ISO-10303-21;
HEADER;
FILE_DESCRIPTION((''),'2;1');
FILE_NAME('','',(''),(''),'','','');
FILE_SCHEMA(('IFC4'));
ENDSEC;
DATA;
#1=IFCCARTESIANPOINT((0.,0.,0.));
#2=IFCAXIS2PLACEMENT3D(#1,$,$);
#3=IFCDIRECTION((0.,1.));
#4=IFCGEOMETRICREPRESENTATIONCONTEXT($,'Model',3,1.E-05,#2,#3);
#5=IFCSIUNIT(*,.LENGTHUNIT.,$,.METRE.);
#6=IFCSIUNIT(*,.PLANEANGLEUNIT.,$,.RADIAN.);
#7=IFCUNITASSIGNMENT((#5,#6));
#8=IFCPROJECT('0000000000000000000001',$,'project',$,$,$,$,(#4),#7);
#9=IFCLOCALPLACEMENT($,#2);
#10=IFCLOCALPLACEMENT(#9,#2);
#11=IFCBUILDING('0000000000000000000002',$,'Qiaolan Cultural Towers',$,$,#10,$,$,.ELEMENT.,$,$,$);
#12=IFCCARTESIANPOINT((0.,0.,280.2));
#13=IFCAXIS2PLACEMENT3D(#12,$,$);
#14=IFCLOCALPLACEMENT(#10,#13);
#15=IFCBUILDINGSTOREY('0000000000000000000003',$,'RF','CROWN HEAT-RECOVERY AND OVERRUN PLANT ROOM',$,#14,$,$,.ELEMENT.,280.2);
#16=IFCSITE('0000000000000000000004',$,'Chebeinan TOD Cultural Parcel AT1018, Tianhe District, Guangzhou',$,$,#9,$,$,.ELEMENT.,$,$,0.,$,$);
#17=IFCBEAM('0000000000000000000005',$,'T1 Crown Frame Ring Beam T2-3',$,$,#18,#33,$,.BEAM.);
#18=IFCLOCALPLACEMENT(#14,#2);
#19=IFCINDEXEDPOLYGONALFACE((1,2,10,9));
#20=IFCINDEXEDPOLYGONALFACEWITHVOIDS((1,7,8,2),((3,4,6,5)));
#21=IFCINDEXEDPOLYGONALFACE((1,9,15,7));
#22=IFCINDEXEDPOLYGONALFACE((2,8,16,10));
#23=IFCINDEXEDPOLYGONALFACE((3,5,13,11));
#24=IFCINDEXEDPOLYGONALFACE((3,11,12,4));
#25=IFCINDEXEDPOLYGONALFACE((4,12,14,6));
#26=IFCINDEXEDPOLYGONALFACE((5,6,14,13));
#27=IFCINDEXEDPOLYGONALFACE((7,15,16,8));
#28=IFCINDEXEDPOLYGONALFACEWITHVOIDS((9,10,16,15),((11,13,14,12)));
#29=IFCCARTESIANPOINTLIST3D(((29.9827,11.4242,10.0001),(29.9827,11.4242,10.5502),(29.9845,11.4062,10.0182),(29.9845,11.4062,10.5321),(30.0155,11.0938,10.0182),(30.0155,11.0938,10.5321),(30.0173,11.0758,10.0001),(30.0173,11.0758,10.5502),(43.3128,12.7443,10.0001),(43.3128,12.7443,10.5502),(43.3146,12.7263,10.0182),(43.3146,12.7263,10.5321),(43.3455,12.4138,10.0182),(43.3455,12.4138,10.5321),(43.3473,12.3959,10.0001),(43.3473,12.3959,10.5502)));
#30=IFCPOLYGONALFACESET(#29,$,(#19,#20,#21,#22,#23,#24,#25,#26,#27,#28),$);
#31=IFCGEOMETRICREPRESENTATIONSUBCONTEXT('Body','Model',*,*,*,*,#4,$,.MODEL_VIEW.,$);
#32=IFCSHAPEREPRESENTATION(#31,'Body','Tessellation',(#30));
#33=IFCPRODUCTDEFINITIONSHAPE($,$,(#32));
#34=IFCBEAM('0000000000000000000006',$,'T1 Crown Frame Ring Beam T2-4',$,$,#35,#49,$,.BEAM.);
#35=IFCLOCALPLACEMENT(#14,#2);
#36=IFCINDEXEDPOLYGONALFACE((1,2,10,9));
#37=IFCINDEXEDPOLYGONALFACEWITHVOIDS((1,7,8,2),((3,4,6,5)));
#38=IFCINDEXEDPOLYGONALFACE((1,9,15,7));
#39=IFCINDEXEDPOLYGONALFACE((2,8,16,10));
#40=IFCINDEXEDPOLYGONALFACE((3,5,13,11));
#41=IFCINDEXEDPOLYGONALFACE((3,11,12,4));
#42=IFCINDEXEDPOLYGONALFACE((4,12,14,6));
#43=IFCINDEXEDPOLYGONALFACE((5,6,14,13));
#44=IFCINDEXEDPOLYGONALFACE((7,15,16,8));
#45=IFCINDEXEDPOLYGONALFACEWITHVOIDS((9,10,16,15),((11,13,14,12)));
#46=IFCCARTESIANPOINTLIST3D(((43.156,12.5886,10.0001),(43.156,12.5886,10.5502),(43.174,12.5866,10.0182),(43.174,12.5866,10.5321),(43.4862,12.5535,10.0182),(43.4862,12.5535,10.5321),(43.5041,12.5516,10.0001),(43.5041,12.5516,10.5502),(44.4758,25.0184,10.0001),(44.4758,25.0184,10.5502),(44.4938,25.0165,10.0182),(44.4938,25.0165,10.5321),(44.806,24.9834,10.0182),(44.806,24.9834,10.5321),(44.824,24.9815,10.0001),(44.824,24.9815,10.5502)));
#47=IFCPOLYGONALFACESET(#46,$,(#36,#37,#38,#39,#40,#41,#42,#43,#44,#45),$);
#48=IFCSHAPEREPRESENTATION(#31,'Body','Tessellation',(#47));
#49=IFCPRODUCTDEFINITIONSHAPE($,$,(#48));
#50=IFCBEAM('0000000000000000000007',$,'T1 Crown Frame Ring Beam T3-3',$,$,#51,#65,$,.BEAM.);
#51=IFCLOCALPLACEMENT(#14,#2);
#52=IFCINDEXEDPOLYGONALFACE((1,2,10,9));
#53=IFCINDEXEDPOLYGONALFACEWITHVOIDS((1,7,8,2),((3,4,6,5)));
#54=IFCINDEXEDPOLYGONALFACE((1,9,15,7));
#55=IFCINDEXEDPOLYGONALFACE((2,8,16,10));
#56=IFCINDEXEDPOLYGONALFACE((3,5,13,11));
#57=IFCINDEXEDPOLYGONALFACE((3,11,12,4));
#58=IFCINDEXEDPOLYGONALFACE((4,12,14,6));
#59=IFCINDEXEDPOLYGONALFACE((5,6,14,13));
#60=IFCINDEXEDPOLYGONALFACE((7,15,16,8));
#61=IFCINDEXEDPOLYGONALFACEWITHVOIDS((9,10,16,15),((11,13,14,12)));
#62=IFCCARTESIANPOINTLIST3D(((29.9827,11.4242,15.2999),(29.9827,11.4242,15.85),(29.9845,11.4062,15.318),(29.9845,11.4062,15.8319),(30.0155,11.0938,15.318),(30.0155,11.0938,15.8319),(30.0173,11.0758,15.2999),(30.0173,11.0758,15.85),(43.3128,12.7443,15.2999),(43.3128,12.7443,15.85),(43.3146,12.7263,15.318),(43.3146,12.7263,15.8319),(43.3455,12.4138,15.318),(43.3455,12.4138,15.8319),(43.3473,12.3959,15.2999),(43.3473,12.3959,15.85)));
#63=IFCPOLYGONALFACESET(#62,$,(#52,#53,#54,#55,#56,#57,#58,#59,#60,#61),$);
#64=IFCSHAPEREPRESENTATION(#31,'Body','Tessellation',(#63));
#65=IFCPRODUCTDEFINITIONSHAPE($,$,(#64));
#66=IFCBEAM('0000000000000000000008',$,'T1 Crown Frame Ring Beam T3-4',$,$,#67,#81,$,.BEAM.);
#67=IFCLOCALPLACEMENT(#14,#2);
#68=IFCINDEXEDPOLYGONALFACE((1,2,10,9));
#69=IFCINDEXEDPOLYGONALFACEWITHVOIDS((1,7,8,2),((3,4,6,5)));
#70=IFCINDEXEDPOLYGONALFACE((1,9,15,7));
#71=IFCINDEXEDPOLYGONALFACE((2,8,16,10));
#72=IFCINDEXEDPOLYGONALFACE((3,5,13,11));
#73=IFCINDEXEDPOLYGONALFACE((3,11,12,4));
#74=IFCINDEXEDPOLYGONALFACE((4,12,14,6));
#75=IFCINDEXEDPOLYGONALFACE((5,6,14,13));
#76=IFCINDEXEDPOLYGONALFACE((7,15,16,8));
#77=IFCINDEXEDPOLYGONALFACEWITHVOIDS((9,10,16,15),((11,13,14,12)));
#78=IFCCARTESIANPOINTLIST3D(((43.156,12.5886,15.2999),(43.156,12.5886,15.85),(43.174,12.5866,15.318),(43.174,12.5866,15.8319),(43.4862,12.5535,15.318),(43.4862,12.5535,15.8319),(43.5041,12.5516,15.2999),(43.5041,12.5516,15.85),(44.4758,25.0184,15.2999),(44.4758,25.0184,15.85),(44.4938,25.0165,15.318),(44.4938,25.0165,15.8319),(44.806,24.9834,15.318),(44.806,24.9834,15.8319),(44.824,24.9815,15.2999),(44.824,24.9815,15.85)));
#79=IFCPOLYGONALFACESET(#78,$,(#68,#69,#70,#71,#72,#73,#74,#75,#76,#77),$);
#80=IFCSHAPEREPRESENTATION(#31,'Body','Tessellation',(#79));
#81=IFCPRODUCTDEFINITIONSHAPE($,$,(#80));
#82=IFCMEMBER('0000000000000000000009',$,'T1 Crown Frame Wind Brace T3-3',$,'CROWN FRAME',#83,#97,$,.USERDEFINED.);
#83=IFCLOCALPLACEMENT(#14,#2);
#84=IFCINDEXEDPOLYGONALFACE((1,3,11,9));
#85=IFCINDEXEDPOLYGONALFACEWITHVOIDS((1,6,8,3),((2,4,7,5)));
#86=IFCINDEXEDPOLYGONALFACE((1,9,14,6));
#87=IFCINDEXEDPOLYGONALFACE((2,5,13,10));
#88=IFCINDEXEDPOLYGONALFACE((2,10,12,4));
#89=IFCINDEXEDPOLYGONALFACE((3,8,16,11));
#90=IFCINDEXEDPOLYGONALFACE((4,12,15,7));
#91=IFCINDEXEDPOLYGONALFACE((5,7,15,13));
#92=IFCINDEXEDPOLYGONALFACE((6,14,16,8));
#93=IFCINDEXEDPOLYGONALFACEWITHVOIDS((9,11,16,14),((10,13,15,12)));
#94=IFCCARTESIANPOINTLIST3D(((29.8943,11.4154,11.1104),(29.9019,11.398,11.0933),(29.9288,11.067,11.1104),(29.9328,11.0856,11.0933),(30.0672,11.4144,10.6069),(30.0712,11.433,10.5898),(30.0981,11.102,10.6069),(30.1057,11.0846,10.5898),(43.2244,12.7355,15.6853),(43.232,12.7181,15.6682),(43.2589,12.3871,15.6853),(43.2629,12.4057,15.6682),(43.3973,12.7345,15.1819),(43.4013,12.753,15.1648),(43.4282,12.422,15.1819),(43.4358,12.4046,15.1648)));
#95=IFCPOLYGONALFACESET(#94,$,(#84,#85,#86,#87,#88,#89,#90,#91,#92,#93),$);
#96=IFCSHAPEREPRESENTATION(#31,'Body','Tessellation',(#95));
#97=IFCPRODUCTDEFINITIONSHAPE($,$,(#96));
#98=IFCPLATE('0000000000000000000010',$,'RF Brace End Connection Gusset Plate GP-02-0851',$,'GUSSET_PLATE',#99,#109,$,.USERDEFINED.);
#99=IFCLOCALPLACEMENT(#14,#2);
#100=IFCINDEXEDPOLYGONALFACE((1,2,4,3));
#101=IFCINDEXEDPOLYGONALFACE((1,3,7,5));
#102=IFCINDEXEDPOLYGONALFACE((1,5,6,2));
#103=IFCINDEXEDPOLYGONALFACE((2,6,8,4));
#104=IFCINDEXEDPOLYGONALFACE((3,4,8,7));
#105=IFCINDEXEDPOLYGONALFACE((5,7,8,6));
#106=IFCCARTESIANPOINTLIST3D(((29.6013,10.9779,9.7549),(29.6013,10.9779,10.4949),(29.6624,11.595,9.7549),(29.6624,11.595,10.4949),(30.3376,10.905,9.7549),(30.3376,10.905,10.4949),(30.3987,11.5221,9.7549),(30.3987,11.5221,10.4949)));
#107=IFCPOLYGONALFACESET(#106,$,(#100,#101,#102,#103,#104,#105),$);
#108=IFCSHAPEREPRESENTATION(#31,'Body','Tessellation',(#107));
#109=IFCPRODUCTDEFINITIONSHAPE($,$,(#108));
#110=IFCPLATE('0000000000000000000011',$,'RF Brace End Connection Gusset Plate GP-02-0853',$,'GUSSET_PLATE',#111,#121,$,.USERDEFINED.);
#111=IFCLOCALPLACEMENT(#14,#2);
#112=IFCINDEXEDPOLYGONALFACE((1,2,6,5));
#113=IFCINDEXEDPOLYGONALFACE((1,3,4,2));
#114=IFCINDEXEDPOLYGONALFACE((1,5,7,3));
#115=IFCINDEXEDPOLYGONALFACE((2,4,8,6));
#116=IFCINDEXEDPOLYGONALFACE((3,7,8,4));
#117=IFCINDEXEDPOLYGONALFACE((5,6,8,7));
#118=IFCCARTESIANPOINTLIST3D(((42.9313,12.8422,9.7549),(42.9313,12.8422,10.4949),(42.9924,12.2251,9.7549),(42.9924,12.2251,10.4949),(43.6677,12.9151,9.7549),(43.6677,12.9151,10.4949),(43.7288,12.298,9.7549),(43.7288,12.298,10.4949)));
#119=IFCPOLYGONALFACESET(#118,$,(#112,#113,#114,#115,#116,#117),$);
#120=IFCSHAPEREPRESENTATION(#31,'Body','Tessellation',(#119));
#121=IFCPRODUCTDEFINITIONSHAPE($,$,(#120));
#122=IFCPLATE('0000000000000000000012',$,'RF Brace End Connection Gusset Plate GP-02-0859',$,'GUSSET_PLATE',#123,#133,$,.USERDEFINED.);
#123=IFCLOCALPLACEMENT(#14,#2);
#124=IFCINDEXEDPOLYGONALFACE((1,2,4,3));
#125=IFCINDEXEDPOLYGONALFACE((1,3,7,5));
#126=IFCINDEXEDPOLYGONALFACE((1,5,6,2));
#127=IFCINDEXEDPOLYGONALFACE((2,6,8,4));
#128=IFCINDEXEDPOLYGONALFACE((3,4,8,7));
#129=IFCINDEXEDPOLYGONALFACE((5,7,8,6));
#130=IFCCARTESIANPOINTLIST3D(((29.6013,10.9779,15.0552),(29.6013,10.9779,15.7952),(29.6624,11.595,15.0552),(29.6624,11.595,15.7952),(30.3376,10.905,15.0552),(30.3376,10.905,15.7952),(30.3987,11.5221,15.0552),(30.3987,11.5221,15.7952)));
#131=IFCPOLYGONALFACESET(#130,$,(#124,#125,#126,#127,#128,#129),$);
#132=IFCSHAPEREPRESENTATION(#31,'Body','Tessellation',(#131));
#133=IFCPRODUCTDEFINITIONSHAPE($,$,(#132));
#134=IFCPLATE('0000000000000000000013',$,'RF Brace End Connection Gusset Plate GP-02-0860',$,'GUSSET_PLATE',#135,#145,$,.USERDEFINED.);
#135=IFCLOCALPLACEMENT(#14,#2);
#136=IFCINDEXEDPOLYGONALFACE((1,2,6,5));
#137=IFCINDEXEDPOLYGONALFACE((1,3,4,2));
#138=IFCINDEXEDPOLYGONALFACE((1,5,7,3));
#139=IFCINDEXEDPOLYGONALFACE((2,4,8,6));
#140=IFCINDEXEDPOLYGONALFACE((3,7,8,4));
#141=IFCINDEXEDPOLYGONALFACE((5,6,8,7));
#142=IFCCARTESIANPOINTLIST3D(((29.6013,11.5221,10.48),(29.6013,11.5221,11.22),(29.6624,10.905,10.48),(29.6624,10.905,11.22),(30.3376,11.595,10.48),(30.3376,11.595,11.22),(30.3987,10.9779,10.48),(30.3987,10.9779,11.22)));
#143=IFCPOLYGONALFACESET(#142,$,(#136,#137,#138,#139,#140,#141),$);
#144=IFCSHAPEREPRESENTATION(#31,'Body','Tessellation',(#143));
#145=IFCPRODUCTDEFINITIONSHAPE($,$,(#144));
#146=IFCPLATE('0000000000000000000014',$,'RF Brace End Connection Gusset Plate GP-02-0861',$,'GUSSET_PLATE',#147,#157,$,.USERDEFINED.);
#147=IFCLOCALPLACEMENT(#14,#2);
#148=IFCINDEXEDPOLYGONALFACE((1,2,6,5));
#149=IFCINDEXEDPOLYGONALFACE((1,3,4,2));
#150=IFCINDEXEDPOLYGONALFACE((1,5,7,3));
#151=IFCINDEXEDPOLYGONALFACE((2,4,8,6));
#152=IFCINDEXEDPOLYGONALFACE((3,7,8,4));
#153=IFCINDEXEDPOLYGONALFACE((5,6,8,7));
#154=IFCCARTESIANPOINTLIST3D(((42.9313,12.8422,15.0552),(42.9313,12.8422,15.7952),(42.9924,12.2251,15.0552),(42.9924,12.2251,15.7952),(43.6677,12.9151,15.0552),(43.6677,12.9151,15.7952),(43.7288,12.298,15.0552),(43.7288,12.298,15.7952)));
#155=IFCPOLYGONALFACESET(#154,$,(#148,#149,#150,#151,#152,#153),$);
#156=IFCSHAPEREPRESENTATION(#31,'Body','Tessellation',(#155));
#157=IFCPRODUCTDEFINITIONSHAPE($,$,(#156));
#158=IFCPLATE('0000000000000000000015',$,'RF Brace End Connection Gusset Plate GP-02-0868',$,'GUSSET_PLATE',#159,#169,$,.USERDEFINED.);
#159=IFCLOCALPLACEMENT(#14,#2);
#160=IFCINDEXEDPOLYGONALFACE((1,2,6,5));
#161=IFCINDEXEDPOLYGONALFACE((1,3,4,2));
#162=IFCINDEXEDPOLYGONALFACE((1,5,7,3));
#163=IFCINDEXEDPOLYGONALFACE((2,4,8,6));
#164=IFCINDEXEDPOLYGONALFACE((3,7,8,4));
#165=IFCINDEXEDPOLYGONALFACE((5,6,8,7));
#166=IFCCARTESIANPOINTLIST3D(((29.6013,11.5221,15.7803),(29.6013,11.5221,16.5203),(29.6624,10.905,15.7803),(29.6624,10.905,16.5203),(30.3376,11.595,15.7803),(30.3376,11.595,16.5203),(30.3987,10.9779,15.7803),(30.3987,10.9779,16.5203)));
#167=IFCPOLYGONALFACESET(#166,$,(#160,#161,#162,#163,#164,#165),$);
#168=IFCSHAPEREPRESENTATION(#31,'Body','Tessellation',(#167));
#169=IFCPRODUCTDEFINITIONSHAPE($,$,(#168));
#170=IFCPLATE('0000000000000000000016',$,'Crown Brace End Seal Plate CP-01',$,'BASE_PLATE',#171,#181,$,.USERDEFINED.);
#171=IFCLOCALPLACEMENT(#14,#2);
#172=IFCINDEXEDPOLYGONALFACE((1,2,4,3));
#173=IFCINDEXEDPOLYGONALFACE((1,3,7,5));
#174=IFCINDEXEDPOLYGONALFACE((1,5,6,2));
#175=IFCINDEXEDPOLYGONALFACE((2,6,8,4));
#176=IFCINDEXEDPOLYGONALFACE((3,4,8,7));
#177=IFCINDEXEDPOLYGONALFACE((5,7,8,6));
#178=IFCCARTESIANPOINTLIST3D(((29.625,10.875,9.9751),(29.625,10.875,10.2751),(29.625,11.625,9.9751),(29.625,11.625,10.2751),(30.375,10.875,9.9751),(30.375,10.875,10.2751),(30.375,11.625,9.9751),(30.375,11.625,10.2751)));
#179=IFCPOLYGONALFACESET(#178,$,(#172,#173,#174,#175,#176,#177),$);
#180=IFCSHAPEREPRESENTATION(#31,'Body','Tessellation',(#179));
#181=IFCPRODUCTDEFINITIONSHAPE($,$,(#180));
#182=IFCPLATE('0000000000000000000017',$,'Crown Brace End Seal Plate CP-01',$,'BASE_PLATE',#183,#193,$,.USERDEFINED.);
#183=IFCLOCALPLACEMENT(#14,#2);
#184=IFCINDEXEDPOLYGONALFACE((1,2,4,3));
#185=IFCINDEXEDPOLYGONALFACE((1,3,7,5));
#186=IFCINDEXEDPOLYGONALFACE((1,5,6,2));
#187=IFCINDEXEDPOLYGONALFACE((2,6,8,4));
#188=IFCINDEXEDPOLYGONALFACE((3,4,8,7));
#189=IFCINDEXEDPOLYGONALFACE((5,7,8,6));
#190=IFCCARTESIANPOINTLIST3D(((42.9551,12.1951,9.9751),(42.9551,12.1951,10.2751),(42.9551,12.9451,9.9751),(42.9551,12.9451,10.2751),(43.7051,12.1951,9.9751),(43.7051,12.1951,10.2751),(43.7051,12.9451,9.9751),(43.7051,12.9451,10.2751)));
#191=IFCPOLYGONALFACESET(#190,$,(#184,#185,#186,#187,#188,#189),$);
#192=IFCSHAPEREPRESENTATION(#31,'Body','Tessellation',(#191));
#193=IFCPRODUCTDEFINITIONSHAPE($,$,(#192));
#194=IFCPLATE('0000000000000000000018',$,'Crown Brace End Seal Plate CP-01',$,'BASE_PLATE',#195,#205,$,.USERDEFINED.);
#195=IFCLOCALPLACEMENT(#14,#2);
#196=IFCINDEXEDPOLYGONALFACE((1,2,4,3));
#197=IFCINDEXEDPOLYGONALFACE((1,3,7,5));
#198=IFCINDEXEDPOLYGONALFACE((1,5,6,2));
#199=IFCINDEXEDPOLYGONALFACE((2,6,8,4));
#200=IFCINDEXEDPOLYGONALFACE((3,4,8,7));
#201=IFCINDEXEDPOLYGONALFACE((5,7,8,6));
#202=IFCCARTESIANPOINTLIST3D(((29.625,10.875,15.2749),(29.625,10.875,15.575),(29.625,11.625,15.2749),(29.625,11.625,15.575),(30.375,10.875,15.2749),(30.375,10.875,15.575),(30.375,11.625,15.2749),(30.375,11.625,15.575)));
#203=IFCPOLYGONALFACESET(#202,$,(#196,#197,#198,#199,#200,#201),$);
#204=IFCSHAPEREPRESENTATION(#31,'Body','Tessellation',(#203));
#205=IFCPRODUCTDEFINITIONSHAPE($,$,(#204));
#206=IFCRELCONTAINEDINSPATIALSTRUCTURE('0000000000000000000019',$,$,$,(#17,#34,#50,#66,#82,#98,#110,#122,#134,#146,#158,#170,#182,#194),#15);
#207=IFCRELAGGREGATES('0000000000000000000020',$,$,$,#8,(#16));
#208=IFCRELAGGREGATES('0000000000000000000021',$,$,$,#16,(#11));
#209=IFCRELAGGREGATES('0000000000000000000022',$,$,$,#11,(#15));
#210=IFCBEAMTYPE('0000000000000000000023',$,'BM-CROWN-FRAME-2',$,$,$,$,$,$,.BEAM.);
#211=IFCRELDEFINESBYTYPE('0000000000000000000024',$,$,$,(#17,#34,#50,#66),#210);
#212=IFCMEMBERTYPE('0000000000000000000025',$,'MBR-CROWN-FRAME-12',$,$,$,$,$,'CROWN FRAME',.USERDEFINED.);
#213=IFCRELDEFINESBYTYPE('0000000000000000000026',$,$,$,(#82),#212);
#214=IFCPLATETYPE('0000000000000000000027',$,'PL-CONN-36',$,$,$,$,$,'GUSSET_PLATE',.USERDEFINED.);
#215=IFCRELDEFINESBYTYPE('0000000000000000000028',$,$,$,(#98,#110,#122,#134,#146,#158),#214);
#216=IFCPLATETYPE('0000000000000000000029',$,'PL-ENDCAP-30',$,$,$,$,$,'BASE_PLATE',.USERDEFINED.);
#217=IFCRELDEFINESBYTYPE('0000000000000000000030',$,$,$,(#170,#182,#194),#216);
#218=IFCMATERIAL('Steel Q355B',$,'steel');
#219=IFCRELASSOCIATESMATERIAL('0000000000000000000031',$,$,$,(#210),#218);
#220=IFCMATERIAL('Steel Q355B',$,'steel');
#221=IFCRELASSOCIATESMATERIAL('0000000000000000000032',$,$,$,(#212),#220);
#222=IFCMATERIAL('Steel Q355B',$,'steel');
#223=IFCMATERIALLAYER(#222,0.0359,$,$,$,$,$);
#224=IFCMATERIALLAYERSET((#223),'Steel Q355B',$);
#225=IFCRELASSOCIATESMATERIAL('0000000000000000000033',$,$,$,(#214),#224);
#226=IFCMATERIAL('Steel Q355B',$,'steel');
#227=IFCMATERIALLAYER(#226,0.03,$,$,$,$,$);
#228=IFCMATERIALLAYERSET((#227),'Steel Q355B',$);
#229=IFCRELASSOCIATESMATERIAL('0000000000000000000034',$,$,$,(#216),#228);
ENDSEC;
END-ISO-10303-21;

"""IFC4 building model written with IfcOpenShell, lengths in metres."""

from ifc_helpers import new_model, si_unit, direction, frame, origin, origin_2d, place, context, subcontext, project, spatial, rectangle, hollow_rectangle, extrude, material, layer, layer_set, material_profile, profile_set, type_object, element, save


model = new_model("IFC4")

# Units and contexts
model_context = context("Model", 3, precision=1e-05, world=origin(), true_north=direction((0.0, 1.0)))
body_context = subcontext(model_context, "Body", "Model", "MODEL_VIEW")
ifc_project = project(units=[si_unit("LENGTHUNIT", "METRE"), si_unit("PLANEANGLEUNIT", "RADIAN")], contexts=[model_context])

# Site, building, storey
site_placement = place(None, origin())
site = spatial("IfcSite", under=ifc_project, at=site_placement, Name="Chebeinan TOD Cultural Parcel AT1018, Tianhe District, Guangzhou", CompositionType="ELEMENT", RefElevation=0.0)
building_placement = place(site_placement, origin())
building = spatial("IfcBuilding", under=site, at=building_placement, Name="Qiaolan Cultural Towers", CompositionType="ELEMENT")
storey_placement = place(building_placement, frame((0.0, 0.0, 280.2)))
storey = spatial("IfcBuildingStorey", under=building, at=storey_placement, Name="RF", Description="CROWN HEAT-RECOVERY AND OVERRUN PLANT ROOM", CompositionType="ELEMENT", Elevation=280.2)

# Beams
ifc_material_1 = material(Name="Steel Q355B", Category="steel")
ifc_material_profile_1 = material_profile(ifc_material_1, hollow_rectangle(XDim=0.3501, YDim=0.55, WallThickness=0.0181, at=origin_2d()), Name="BOX550x350x18")
ifc_profile_set_1 = profile_set([ifc_material_profile_1], Name="Steel Q355B")
beam_type = type_object("IfcBeamType", Name="BM-CROWN-FRAME-2", PredefinedType="BEAM", material=ifc_profile_set_1)
beam_1_placement = place(storey_placement, frame((30.0, 11.25, 10.2751), z_axis=(0.995132, 0.098547, 0.0), x_axis=(-0.098547, 0.995132, 0.0)))
element("IfcBeam", 1, at=beam_1_placement, inside=storey, type_object=beam_type, Name="T1 Crown Frame Ring Beam T2-3", PredefinedType="BEAM", context=body_context, shape_type="SweptSolid", body=[
    extrude(hollow_rectangle(XDim=0.3501, YDim=0.55, WallThickness=0.0181, at=origin_2d()), origin(), (0.0, 0.0, 1.0), 13.3953),
])
beam_2_placement = place(storey_placement, frame((43.3301, 12.5701, 10.2751), z_axis=(0.105588, 0.99441, 0.0), x_axis=(-0.99441, 0.105588, 0.0)))
element("IfcBeam", 2, at=beam_2_placement, inside=storey, type_object=beam_type, Name="T1 Crown Frame Ring Beam T2-4", PredefinedType="BEAM", context=body_context, shape_type="SweptSolid", body=[
    extrude(hollow_rectangle(XDim=0.3501, YDim=0.55, WallThickness=0.0181, at=origin_2d()), origin(), (0.0, 0.0, 1.0), 12.4998),
])
beam_3_placement = place(storey_placement, frame((30.0, 11.25, 15.575), z_axis=(0.995132, 0.098547, 0.0), x_axis=(-0.098547, 0.995132, 0.0)))
element("IfcBeam", 3, at=beam_3_placement, inside=storey, type_object=beam_type, Name="T1 Crown Frame Ring Beam T3-3", PredefinedType="BEAM", context=body_context, shape_type="SweptSolid", body=[
    extrude(hollow_rectangle(XDim=0.3501, YDim=0.55, WallThickness=0.0181, at=origin_2d()), origin(), (0.0, 0.0, 1.0), 13.3953),
])
beam_4_placement = place(storey_placement, frame((43.3301, 12.5701, 15.575), z_axis=(0.105588, 0.99441, 0.0), x_axis=(-0.99441, 0.105588, 0.0)))
element("IfcBeam", 4, at=beam_4_placement, inside=storey, type_object=beam_type, Name="T1 Crown Frame Ring Beam T3-4", PredefinedType="BEAM", context=body_context, shape_type="SweptSolid", body=[
    extrude(hollow_rectangle(XDim=0.3501, YDim=0.55, WallThickness=0.0181, at=origin_2d()), origin(), (0.0, 0.0, 1.0), 12.4998),
])

# Member
ifc_material_2 = material(Name="Steel Q355B", Category="steel")
ifc_material_profile_2 = material_profile(ifc_material_2, hollow_rectangle(XDim=0.3501, YDim=0.55, WallThickness=0.0181, at=origin_2d()), Name="BOX550x350x18")
ifc_profile_set_2 = profile_set([ifc_material_profile_2], Name="Steel Q355B")
member_type = type_object("IfcMemberType", Name="MBR-CROWN-FRAME-12", ElementType="CROWN FRAME", PredefinedType="USERDEFINED", material=ifc_profile_set_2)
member_placement = place(storey_placement, frame((30.0, 11.25, 10.8501), z_axis=(0.941723, 0.093258, 0.323204), x_axis=(-0.098547, 0.995132, 0.0)))
element("IfcMember", 5, at=member_placement, inside=storey, type_object=member_type, Name="T1 Crown Frame Wind Brace T3-3", ObjectType="CROWN FRAME", PredefinedType="USERDEFINED", context=body_context, shape_type="SweptSolid", body=[
    extrude(hollow_rectangle(XDim=0.3501, YDim=0.55, WallThickness=0.0181, at=origin_2d()), origin(), (0.0, 0.0, 1.0), 14.155),
])

# Plates
ifc_material_3 = material(Name="Steel Q355B", Category="steel")
ifc_layer_1 = layer(ifc_material_3, 0.0359)
ifc_layer_set_1 = layer_set([ifc_layer_1], Name="Steel Q355B")
plate_type_1 = type_object("IfcPlateType", Name="PL-CONN-36", ElementType="GUSSET_PLATE", PredefinedType="USERDEFINED", material=ifc_layer_set_1)
for number, where, z_axis, x_axis, name in (
    (6, (30.0, 11.25, 9.7549), (0.0, 0.0, 1.0), (-0.995133, 0.098543, 0.0), "RF Brace End Connection Gusset Plate GP-02-0851"),
    (7, (43.3301, 12.5701, 9.7549), (0.0, 0.0, 1.0), (0.995133, 0.098543, 0.0), "RF Brace End Connection Gusset Plate GP-02-0853"),
    (8, (30.0, 11.25, 15.0552), (0.0, 0.0, 1.0), (-0.995133, 0.098543, 0.0), "RF Brace End Connection Gusset Plate GP-02-0859"),
    (9, (30.0, 11.25, 10.48), (0.0, 0.0, 1.0), (0.995133, 0.098543, 0.0), "RF Brace End Connection Gusset Plate GP-02-0860"),
    (10, (43.3301, 12.5701, 15.0552), (0.0, 0.0, 1.0), (0.995133, 0.098543, 0.0), "RF Brace End Connection Gusset Plate GP-02-0861"),
    (11, (30.0, 11.25, 15.7803), (0.0, 0.0, 1.0), (0.995133, 0.098543, 0.0), "RF Brace End Connection Gusset Plate GP-02-0868"),
):
    element("IfcPlate", number, at=place(storey_placement, frame(where, z_axis=z_axis, x_axis=x_axis)), inside=storey, type_object=plate_type_1, Name=name, ObjectType="GUSSET_PLATE", PredefinedType="USERDEFINED", context=body_context, shape_type="SweptSolid", body=[
        extrude(rectangle(XDim=0.74, YDim=0.6201, at=origin_2d()), origin(), (0.0, 0.0, 1.0), 0.74),
    ])
ifc_material_4 = material(Name="Steel Q355B", Category="steel")
ifc_layer_2 = layer(ifc_material_4, 0.03)
ifc_layer_set_2 = layer_set([ifc_layer_2], Name="Steel Q355B")
plate_type_2 = type_object("IfcPlateType", Name="PL-ENDCAP-30", ElementType="BASE_PLATE", PredefinedType="USERDEFINED", material=ifc_layer_set_2)
for number, where, z_axis, x_axis, name in (
    (12, (30.0, 11.25, 9.9751), (0.0, 0.0, 1.0), (1.0, 0.0, 0.0), "Crown Brace End Seal Plate CP-01"),
    (13, (43.3301, 12.5701, 9.9751), (0.0, 0.0, 1.0), (1.0, 0.0, 0.0), "Crown Brace End Seal Plate CP-01"),
    (14, (30.0, 11.25, 15.2749), (0.0, 0.0, 1.0), (1.0, 0.0, 0.0), "Crown Brace End Seal Plate CP-01"),
):
    element("IfcPlate", number, at=place(storey_placement, frame(where, z_axis=z_axis, x_axis=x_axis)), inside=storey, type_object=plate_type_2, Name=name, ObjectType="BASE_PLATE", PredefinedType="USERDEFINED", context=body_context, shape_type="SweptSolid", body=[
        extrude(rectangle(XDim=0.75, YDim=0.75, at=origin_2d()), origin(), (0.0, 0.0, 1.0), 0.3),
    ])

save(model, "model.ifc")
